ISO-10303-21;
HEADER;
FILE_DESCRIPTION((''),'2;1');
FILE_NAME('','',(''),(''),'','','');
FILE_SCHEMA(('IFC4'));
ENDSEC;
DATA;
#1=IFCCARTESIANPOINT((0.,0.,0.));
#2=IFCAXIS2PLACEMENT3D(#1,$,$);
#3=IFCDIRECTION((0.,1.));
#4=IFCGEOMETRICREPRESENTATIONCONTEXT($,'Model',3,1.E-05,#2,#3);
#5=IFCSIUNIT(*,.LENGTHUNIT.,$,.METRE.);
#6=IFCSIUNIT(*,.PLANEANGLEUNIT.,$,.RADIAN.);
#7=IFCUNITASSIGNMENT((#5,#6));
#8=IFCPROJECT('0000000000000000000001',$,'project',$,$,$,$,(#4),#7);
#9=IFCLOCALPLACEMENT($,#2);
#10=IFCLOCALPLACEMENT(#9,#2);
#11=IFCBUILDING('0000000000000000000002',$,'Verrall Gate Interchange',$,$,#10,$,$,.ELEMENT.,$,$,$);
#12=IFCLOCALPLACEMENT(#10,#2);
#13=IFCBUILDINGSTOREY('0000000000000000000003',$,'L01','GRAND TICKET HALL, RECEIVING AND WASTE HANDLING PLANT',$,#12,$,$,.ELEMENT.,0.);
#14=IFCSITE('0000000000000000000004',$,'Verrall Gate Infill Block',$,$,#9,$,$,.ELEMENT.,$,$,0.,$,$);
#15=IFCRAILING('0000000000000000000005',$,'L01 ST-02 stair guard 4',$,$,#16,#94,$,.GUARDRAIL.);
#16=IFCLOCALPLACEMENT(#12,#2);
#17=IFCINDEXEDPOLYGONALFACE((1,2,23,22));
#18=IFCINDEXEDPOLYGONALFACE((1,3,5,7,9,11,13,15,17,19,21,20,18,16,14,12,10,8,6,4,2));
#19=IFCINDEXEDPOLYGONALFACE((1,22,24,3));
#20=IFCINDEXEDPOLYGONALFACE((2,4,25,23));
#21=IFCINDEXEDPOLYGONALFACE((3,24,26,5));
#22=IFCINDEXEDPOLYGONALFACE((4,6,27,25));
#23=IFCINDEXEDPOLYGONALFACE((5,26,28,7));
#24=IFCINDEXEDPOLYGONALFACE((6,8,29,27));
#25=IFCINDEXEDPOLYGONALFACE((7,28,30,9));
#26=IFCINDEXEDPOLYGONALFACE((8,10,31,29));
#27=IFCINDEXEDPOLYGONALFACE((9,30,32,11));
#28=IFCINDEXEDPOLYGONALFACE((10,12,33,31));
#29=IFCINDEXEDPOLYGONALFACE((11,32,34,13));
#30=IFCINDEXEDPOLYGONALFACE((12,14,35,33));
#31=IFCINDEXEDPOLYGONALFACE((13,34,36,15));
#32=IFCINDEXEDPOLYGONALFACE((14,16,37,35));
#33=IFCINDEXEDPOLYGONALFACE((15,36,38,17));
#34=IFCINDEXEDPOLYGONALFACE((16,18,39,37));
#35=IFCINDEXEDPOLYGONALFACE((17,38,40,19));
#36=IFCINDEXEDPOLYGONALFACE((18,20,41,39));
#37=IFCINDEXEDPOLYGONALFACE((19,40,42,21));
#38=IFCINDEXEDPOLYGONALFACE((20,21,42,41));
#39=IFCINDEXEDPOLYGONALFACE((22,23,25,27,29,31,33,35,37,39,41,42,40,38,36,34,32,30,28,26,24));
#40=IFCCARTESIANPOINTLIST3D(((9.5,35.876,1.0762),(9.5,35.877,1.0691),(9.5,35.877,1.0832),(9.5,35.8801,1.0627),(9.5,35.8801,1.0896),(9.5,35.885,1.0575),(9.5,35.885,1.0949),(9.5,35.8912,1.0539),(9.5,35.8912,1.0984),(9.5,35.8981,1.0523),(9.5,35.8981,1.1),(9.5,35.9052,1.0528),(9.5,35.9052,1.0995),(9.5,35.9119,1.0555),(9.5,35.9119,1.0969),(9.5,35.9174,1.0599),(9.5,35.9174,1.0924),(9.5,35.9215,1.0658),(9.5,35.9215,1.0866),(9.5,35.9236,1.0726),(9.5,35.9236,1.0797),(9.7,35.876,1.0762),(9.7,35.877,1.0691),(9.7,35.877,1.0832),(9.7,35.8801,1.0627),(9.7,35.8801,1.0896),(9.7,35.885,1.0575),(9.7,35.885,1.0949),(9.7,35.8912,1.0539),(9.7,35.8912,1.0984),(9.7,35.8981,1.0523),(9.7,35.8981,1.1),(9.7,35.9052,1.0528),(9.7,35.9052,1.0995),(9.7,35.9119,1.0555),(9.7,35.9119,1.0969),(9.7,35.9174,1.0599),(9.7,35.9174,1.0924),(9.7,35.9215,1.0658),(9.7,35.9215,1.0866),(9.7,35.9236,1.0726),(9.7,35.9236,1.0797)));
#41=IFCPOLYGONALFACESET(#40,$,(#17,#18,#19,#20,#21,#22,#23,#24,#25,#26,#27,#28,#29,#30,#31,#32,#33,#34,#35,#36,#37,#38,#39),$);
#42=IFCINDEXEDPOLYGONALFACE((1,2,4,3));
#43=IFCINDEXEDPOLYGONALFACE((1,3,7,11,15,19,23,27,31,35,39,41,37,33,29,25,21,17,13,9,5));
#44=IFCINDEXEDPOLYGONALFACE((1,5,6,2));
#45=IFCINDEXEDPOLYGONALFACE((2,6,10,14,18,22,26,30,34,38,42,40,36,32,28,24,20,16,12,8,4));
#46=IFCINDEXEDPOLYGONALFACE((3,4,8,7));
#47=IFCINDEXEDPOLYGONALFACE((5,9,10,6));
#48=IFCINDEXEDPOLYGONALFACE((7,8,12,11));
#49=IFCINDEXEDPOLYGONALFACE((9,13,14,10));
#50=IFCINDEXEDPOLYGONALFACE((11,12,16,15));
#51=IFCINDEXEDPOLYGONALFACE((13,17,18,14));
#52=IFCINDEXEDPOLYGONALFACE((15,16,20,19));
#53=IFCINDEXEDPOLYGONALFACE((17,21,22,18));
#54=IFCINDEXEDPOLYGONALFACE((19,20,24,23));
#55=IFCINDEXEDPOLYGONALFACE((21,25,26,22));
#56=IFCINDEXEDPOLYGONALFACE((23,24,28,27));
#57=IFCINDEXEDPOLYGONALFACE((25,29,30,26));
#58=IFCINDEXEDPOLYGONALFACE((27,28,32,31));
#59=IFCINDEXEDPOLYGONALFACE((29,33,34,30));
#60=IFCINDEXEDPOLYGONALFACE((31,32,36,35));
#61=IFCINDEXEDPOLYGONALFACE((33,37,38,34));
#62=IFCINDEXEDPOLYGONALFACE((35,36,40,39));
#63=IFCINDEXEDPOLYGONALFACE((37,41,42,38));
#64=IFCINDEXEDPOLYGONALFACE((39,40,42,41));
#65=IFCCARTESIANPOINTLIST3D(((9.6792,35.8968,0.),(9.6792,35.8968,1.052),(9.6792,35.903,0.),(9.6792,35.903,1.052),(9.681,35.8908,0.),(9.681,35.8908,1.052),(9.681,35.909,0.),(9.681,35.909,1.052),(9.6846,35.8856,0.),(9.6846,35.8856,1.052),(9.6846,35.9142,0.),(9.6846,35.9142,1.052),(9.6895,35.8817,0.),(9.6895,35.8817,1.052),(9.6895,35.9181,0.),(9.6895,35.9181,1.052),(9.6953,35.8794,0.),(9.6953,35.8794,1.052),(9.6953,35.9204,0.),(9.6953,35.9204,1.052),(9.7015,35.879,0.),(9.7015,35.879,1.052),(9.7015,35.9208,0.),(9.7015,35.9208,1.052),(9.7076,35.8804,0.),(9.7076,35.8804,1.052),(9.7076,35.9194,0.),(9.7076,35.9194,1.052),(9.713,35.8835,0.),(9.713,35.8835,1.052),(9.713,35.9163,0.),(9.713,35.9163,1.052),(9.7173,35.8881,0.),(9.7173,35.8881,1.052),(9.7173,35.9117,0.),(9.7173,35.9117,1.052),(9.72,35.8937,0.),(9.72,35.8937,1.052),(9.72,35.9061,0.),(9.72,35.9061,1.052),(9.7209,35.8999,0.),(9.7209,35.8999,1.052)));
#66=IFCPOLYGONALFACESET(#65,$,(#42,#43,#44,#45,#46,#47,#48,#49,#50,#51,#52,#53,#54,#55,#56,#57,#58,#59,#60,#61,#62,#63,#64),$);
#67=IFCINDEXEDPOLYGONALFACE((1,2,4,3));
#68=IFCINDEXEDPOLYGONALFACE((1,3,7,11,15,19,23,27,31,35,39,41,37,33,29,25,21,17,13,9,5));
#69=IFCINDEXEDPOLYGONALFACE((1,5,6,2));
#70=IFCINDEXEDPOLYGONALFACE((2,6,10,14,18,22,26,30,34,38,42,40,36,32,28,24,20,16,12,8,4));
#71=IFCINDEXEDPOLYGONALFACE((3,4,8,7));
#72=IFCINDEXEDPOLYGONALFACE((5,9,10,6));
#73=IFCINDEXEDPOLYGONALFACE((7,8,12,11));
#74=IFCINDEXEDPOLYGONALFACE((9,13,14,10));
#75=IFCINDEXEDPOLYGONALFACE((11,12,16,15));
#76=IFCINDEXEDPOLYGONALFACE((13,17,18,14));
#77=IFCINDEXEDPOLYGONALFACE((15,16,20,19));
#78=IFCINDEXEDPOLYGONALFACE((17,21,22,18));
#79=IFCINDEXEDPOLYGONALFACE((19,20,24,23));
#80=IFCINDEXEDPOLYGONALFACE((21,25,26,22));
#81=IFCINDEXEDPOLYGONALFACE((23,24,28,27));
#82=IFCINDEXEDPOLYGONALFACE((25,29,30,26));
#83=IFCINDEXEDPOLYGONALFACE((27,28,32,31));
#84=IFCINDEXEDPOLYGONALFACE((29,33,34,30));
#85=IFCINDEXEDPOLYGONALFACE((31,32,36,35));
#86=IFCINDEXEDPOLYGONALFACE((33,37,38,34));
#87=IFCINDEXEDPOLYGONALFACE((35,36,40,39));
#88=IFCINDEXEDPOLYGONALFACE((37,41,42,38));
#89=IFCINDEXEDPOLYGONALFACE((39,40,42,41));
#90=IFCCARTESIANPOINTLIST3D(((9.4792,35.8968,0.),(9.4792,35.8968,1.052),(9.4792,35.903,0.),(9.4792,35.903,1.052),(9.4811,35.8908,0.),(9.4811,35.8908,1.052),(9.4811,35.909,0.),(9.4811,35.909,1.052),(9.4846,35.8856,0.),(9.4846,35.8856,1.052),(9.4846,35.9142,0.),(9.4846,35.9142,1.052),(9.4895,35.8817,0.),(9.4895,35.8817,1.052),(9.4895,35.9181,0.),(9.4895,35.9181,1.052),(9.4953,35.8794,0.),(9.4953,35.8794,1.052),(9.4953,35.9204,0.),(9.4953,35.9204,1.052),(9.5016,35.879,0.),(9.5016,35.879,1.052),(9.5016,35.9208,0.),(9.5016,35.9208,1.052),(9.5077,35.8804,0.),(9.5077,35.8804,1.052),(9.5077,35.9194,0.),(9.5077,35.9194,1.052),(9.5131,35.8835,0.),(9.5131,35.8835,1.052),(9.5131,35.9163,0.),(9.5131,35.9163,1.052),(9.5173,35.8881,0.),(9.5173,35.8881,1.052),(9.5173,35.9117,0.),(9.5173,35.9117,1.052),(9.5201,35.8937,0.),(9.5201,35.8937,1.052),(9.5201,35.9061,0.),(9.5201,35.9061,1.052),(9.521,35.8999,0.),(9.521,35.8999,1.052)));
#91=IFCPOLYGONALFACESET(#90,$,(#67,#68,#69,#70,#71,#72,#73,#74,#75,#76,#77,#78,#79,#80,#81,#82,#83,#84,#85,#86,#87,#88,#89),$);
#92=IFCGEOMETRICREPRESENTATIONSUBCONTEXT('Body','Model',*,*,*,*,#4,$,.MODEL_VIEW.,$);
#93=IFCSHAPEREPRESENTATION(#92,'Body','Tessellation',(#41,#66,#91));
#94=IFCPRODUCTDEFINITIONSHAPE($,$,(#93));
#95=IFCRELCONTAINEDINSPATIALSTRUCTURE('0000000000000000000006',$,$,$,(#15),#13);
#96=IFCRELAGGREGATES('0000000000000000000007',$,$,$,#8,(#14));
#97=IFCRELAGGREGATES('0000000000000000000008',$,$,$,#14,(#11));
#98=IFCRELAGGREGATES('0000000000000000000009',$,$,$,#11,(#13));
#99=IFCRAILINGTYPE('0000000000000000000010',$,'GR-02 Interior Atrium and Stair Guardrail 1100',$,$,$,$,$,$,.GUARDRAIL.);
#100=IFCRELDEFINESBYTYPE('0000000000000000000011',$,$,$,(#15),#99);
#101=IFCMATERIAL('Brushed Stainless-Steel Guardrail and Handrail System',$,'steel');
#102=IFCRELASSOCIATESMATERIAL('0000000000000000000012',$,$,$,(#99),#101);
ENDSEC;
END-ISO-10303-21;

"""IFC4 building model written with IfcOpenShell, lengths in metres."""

from ifc_helpers import new_model, si_unit, direction, frame, origin, origin_2d, place, context, subcontext, project, spatial, circle, extrude, material, type_object, element, save


model = new_model("IFC4")

# Units and contexts
model_context = context("Model", 3, precision=1e-05, world=origin(), true_north=direction((0.0, 1.0)))
body_context = subcontext(model_context, "Body", "Model", "MODEL_VIEW")
ifc_project = project(units=[si_unit("LENGTHUNIT", "METRE"), si_unit("PLANEANGLEUNIT", "RADIAN")], contexts=[model_context])

# Site, building, storey
site_placement = place(None, origin())
site = spatial("IfcSite", under=ifc_project, at=site_placement, Name="Verrall Gate Infill Block", CompositionType="ELEMENT", RefElevation=0.0)
building_placement = place(site_placement, origin())
building = spatial("IfcBuilding", under=site, at=building_placement, Name="Verrall Gate Interchange", CompositionType="ELEMENT")
storey_placement = place(building_placement, origin())
storey = spatial("IfcBuildingStorey", under=building, at=storey_placement, Name="L01", Description="GRAND TICKET HALL, RECEIVING AND WASTE HANDLING PLANT", CompositionType="ELEMENT", Elevation=0.0)

# Railing
ifc_material_1 = material(Name="Brushed Stainless-Steel Guardrail and Handrail System", Category="steel")
railing_type_1 = type_object("IfcRailingType", Name="GR-02 Interior Atrium and Stair Guardrail 1100", PredefinedType="GUARDRAIL", material=ifc_material_1)
railing_1_placement = place(storey_placement, frame((9.7, 35.8999, 0.0)))
element("IfcRailing", 1, at=railing_1_placement, inside=storey, type_object=railing_type_1, Name="L01 ST-02 stair guard 4", PredefinedType="GUARDRAIL", context=body_context, shape_type="SweptSolid", body=[
    extrude(circle(Radius=0.0239, at=origin_2d()), frame((0.0, 0.0, 1.0762), z_axis=(-1.0, 0.0, 0.0), x_axis=(0.0, -1.0, 0.0)), (0.0, 0.0, 1.0), 0.2),
    extrude(circle(Radius=0.021, at=origin_2d()), origin(), (0.0, 0.0, 1.0), 1.052),
    extrude(circle(Radius=0.021, at=origin_2d()), frame((-0.2, 0.0, 0.0)), (0.0, 0.0, 1.0), 1.052),
])

save(model, "model.ifc")
